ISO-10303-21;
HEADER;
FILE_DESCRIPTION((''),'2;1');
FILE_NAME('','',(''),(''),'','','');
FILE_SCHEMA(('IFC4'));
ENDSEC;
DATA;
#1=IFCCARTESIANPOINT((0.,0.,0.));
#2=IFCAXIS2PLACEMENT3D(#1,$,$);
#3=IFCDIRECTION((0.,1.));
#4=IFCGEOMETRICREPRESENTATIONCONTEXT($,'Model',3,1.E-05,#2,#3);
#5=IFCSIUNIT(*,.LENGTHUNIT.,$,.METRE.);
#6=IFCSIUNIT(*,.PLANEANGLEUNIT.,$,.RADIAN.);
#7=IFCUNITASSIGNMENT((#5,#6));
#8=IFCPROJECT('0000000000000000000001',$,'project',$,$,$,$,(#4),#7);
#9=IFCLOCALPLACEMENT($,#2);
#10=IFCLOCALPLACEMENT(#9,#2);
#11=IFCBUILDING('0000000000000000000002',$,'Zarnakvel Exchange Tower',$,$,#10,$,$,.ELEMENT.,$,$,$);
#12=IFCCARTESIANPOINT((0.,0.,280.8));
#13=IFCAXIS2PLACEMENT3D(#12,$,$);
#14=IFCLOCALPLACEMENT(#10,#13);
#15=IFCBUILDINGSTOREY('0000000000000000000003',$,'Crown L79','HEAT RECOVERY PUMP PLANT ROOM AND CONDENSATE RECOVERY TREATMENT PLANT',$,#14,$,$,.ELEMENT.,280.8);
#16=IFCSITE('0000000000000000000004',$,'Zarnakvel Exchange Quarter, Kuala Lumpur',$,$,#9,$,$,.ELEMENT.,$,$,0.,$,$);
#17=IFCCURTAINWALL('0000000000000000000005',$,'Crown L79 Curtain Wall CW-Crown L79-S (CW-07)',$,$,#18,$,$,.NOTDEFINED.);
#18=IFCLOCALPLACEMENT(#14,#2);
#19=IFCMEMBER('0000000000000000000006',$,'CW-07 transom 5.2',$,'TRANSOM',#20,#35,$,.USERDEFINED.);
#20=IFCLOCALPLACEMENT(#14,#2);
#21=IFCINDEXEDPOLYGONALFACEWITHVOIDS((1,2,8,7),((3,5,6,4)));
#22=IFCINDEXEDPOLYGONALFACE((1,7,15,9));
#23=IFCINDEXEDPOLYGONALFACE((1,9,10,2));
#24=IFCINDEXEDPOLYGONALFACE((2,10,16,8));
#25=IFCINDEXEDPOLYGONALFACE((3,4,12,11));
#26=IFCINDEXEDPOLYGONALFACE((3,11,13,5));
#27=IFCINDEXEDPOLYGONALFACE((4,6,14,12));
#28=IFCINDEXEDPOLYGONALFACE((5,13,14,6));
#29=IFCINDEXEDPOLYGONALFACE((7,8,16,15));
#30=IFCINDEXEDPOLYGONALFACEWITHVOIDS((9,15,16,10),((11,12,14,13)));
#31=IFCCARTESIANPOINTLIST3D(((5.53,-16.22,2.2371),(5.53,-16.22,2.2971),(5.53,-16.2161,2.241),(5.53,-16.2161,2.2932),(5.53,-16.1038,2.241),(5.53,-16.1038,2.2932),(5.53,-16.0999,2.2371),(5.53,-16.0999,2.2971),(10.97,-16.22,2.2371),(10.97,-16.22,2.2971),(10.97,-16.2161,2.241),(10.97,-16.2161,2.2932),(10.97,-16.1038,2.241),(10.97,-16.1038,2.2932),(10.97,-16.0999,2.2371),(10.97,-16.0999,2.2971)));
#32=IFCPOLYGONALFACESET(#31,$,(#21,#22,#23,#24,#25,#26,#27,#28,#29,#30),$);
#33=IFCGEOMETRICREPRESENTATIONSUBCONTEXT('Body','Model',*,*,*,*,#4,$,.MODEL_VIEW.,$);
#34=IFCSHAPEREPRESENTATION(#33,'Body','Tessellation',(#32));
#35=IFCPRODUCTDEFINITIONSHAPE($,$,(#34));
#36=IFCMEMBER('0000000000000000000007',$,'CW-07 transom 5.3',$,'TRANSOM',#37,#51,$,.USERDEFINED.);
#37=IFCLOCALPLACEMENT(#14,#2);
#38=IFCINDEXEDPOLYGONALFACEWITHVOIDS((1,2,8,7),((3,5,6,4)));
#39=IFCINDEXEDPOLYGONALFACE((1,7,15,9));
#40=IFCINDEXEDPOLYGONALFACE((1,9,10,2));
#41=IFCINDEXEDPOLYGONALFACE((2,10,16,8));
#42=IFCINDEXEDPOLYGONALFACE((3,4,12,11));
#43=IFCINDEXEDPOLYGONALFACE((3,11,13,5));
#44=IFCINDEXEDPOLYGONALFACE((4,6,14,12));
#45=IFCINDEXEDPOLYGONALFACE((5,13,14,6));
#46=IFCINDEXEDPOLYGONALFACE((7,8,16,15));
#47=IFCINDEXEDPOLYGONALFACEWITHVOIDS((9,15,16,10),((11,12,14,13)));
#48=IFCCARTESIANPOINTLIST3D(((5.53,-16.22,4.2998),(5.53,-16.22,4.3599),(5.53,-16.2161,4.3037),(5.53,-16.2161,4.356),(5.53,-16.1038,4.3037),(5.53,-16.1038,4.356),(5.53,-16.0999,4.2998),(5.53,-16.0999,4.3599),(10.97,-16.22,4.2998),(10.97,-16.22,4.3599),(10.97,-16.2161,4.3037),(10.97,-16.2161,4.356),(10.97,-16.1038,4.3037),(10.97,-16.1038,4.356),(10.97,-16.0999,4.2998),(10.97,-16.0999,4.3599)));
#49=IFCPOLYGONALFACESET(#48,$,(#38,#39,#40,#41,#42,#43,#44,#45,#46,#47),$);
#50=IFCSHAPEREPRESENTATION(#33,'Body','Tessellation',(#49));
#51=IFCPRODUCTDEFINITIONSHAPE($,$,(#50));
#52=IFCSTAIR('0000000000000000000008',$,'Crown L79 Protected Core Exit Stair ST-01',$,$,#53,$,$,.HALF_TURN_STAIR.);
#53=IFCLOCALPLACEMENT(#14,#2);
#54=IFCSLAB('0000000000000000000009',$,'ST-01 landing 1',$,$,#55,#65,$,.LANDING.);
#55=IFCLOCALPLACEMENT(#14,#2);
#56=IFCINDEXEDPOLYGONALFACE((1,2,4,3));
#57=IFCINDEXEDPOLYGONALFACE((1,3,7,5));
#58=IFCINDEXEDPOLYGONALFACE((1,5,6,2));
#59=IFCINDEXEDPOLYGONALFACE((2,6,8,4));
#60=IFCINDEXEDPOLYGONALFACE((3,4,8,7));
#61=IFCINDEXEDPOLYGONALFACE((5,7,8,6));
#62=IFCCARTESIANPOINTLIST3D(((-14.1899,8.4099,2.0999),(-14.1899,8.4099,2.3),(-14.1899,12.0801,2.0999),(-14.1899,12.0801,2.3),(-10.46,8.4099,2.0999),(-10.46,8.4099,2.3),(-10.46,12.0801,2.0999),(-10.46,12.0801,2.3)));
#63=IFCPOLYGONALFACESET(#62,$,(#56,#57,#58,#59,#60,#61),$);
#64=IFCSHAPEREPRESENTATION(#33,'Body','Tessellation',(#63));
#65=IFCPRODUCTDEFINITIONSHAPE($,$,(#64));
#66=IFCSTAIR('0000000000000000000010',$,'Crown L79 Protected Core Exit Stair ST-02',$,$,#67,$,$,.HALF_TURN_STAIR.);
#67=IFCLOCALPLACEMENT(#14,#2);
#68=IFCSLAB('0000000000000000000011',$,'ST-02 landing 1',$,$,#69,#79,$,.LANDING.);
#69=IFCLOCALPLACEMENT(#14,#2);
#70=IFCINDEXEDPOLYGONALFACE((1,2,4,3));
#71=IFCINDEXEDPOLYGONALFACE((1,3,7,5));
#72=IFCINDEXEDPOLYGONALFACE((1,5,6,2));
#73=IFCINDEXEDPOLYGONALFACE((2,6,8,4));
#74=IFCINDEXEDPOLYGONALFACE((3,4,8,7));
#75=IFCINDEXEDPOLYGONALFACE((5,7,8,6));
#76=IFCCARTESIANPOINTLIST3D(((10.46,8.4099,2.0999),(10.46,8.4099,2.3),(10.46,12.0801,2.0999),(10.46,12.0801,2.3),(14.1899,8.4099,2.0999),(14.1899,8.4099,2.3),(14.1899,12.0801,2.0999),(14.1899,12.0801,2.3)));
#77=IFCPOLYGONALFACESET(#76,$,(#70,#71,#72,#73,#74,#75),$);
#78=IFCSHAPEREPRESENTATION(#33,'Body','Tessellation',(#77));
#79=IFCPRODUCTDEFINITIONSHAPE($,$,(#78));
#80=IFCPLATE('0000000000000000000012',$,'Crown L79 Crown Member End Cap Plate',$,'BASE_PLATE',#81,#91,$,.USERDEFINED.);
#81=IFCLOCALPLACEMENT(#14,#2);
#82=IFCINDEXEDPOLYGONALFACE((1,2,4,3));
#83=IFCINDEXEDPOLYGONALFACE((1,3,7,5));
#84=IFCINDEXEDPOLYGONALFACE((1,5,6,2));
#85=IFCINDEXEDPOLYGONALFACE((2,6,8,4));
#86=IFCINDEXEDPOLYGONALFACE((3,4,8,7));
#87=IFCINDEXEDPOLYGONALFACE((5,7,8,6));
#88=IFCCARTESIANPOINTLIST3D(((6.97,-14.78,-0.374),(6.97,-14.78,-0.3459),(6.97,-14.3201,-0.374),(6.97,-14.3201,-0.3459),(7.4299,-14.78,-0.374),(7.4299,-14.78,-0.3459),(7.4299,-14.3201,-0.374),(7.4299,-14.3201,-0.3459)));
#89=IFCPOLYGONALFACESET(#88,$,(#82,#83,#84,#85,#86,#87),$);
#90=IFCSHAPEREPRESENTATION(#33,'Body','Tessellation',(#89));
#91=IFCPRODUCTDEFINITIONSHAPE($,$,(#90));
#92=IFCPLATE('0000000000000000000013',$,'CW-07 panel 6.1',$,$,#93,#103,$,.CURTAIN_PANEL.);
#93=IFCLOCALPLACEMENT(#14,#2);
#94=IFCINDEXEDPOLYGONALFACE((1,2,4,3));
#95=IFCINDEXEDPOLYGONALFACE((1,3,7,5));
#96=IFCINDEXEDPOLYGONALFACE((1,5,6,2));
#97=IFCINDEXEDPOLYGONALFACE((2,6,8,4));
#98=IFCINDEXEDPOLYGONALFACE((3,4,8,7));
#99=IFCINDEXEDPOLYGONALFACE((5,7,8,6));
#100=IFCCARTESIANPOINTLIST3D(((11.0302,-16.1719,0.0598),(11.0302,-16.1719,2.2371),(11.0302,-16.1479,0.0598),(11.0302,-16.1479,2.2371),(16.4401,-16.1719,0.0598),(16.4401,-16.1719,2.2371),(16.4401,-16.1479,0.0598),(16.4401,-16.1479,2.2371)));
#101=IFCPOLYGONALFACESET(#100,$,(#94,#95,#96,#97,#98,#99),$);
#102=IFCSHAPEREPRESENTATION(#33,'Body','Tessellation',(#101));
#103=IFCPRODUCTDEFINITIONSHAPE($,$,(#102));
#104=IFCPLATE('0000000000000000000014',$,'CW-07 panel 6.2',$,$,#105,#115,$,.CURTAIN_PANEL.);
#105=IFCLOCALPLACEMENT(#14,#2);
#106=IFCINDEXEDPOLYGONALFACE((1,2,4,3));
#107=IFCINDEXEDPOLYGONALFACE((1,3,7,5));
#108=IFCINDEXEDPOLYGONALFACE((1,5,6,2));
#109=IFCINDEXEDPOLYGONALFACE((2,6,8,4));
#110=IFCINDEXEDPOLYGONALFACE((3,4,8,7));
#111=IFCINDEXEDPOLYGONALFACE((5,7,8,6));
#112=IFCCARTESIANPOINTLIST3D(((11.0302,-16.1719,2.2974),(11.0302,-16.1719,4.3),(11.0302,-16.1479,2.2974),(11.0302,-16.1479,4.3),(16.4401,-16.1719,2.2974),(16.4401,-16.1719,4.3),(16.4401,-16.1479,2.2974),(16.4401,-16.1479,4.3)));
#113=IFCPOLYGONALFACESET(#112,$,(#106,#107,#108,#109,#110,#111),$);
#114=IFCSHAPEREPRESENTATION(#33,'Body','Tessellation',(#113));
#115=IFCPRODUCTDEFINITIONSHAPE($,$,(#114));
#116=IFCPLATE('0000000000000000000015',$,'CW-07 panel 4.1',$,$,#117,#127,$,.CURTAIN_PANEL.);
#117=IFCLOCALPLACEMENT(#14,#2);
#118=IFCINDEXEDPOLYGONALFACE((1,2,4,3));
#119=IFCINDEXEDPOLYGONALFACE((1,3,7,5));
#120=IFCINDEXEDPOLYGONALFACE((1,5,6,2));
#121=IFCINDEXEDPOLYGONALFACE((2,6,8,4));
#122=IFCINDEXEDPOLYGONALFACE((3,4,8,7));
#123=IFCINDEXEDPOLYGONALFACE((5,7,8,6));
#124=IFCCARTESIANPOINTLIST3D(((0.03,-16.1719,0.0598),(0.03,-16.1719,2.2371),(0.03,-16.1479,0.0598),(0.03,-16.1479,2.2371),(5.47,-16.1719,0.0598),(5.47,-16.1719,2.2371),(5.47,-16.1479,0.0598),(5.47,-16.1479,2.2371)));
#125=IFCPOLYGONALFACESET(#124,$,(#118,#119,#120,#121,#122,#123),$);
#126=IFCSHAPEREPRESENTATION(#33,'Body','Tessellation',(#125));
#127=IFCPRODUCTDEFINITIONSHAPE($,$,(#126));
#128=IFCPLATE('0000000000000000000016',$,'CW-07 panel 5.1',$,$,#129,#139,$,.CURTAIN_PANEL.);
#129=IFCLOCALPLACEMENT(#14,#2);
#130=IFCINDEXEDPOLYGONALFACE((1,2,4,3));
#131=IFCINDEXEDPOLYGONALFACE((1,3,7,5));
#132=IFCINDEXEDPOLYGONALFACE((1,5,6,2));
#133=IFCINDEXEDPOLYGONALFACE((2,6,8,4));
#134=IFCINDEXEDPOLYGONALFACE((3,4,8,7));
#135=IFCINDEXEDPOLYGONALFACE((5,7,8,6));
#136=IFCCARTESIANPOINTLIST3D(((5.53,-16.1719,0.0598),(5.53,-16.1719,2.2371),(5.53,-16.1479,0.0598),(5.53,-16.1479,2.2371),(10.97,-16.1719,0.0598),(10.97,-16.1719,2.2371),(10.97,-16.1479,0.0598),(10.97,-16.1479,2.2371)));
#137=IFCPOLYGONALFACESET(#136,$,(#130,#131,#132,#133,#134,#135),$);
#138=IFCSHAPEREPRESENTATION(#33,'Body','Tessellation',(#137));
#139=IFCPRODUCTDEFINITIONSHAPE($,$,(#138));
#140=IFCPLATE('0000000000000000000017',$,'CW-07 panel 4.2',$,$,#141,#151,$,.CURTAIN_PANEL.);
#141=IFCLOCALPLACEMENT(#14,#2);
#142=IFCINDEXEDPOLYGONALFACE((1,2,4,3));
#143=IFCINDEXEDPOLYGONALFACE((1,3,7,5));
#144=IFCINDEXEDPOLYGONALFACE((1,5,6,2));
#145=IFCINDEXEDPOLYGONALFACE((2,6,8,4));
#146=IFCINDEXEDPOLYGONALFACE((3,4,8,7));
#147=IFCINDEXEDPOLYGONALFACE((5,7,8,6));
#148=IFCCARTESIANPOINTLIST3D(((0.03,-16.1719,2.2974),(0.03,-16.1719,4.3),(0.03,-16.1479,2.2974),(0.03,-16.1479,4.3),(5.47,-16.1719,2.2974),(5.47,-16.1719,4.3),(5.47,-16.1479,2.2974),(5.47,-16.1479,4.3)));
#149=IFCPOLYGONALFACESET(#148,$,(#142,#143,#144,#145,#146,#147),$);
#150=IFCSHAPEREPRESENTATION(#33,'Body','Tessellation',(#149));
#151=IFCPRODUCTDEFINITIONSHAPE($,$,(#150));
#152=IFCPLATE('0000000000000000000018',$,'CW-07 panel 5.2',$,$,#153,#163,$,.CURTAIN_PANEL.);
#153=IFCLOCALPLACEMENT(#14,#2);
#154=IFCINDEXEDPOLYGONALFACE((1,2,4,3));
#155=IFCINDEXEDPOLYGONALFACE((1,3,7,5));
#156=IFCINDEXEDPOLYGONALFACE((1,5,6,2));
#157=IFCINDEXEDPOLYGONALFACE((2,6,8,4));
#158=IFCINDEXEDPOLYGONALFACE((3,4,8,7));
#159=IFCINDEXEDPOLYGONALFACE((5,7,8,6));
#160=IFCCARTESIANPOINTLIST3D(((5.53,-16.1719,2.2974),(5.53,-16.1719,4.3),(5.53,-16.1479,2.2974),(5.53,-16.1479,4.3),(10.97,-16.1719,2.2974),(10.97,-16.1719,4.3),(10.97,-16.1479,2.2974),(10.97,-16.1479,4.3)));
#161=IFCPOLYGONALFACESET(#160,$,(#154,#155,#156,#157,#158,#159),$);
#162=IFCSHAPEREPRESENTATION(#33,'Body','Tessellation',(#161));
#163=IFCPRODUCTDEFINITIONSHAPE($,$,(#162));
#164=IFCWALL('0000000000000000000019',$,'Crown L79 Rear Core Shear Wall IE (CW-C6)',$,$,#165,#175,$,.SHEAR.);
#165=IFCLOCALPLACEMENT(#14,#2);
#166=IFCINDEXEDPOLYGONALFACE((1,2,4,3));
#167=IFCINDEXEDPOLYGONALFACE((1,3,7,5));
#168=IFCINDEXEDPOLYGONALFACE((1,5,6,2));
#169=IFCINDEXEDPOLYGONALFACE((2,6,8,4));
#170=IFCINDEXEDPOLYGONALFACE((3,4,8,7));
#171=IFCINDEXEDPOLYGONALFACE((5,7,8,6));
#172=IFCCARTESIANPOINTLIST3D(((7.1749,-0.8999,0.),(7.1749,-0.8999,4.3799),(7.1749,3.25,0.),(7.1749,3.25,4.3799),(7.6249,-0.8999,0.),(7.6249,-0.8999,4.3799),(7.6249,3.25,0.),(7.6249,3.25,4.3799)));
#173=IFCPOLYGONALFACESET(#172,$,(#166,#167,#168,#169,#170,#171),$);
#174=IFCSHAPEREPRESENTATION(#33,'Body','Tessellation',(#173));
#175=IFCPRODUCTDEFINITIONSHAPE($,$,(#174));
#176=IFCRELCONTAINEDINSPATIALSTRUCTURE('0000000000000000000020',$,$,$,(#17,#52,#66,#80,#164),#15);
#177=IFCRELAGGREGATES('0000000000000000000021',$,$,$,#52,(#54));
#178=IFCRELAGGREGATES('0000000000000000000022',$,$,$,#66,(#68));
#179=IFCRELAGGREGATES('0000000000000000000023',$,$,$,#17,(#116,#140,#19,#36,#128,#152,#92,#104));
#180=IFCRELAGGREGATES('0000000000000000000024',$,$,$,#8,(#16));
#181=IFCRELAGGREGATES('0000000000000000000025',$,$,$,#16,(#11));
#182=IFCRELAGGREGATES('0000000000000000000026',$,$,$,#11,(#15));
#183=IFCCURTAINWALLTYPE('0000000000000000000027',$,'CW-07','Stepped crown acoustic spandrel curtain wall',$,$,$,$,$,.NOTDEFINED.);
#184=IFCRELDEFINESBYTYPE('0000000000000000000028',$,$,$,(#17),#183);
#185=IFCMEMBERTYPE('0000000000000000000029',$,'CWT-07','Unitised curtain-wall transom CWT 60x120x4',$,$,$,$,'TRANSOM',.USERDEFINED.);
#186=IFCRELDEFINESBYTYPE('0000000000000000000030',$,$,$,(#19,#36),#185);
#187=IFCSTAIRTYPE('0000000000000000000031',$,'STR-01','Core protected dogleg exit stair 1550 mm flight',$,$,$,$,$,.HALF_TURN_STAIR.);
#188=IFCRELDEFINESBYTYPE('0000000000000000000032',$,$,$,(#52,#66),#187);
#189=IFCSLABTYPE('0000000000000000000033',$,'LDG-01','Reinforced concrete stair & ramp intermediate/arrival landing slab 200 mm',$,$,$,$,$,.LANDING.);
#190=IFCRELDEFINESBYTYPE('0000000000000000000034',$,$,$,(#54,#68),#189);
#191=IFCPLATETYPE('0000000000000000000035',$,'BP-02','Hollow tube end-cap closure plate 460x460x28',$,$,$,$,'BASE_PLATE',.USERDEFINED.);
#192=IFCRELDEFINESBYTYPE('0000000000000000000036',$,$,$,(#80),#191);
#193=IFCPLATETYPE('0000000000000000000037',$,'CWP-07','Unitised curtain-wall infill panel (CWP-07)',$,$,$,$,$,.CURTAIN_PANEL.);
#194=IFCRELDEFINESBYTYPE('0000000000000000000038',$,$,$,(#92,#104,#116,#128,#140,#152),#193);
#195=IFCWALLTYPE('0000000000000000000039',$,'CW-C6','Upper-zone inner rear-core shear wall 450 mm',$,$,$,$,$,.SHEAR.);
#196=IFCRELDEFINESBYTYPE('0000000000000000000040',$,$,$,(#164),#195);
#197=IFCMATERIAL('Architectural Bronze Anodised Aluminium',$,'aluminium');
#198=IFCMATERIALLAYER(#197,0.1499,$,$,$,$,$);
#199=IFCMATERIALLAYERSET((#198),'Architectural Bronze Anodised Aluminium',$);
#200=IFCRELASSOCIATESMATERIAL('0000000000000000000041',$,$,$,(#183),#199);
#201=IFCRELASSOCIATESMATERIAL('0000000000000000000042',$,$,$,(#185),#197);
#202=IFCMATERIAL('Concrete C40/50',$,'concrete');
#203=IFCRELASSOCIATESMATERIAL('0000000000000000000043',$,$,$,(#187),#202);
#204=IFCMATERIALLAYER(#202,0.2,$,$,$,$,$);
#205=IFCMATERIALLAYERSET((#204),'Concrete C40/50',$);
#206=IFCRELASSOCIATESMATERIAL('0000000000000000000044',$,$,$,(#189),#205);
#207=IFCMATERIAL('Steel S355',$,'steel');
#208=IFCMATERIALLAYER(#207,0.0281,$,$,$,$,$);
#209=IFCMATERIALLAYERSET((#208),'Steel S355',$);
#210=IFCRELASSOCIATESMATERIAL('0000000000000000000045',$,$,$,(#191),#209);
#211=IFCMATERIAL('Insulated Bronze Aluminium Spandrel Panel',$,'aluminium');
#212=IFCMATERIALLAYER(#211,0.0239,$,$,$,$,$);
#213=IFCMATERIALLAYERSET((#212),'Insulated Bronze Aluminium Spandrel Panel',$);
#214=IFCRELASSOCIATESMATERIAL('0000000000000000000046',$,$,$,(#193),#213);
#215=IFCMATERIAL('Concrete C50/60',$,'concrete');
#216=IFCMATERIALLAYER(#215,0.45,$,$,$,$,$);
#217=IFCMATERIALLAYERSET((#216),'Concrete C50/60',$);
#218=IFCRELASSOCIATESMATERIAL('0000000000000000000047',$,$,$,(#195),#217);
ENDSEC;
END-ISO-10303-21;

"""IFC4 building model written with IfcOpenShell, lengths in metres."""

from ifc_helpers import new_model, si_unit, direction, frame, frame_2d, origin, origin_2d, place, context, subcontext, project, spatial, polyline, rectangle, hollow_rectangle, outline, extrude, source, transform, mapped, material, layer, layer_set, material_profile, profile_set, type_object, element, aggregate, save


model = new_model("IFC4")

# Units and contexts
model_context = context("Model", 3, precision=1e-05, world=origin(), true_north=direction((0.0, 1.0)))
body_context = subcontext(model_context, "Body", "Model", "MODEL_VIEW")
ifc_project = project(units=[si_unit("LENGTHUNIT", "METRE"), si_unit("PLANEANGLEUNIT", "RADIAN")], contexts=[model_context])

# Site, building, storey
site_placement = place(None, origin())
site = spatial("IfcSite", under=ifc_project, at=site_placement, Name="Zarnakvel Exchange Quarter, Kuala Lumpur", CompositionType="ELEMENT", RefElevation=0.0)
building_placement = place(site_placement, origin())
building = spatial("IfcBuilding", under=site, at=building_placement, Name="Zarnakvel Exchange Tower", CompositionType="ELEMENT")
storey_placement = place(building_placement, frame((0.0, 0.0, 280.8)))
storey = spatial("IfcBuildingStorey", under=building, at=storey_placement, Name="Crown L79", Description="HEAT RECOVERY PUMP PLANT ROOM AND CONDENSATE RECOVERY TREATMENT PLANT", CompositionType="ELEMENT", Elevation=280.8)

# Shared definitions
ifc_material_1 = material(Name="Concrete C50/60", Category="concrete")
ifc_material_2 = material(Name="Steel S355", Category="steel")

# Curtain wall, members
ifc_material_3 = material(Name="Architectural Bronze Anodised Aluminium", Category="aluminium")
ifc_layer_1 = layer(ifc_material_3, 0.1499)
ifc_layer_set_1 = layer_set([ifc_layer_1], Name="Architectural Bronze Anodised Aluminium")
curtain_wall_type = type_object("IfcCurtainWallType", Name="CW-07", Description="Stepped crown acoustic spandrel curtain wall", PredefinedType="NOTDEFINED", material=ifc_layer_set_1)
curtain_wall_placement = place(storey_placement, origin())
curtain_wall = element("IfcCurtainWall", 1, at=curtain_wall_placement, inside=storey, type_object=curtain_wall_type, Name="Crown L79 Curtain Wall CW-Crown L79-S (CW-07)", PredefinedType="NOTDEFINED")
ifc_material_profile_1 = material_profile(ifc_material_3, hollow_rectangle(XDim=0.1201, YDim=0.0601, WallThickness=0.0039, at=origin_2d()))
ifc_profile_set_1 = profile_set([ifc_material_profile_1], Name="Architectural Bronze Anodised Aluminium")
member_type_1 = type_object("IfcMemberType", Name="CWT-07", Description="Unitised curtain-wall transom CWT 60x120x4", ElementType="TRANSOM", PredefinedType="USERDEFINED", material=ifc_profile_set_1)
shared_shape_1 = source(origin(), body_context, "Body", "SweptSolid", [
    extrude(hollow_rectangle(XDim=0.1201, YDim=0.0601, WallThickness=0.0039, at=origin_2d()), origin(), (0.0, 0.0, 1.0), 5.4399),
])
member_1_placement = place(storey_placement, frame((5.53, -16.1599, 2.2671), z_axis=(1.0, 0.0, 0.0), x_axis=(0.0, 1.0, 0.0)))
member_1 = element("IfcMember", 2, at=member_1_placement, type_object=member_type_1, Name="CW-07 transom 5.2", ObjectType="TRANSOM", PredefinedType="USERDEFINED", context=body_context, shape_type="MappedRepresentation", body=[
    mapped(shared_shape_1, transform((0.0, 0.0, 0.0), x_axis=(1.0, 0.0, 0.0), y_axis=(0.0, 1.0, 0.0), z_axis=(0.0, 0.0, 1.0), scale=1.0)),
])
member_2_placement = place(storey_placement, frame((5.53, -16.1599, 4.3298), z_axis=(1.0, 0.0, 0.0), x_axis=(0.0, 1.0, 0.0)))
member_2 = element("IfcMember", 3, at=member_2_placement, type_object=member_type_1, Name="CW-07 transom 5.3", ObjectType="TRANSOM", PredefinedType="USERDEFINED", context=body_context, shape_type="MappedRepresentation", body=[
    mapped(shared_shape_1, transform((0.0, 0.0, 0.0), x_axis=(1.0, 0.0, 0.0), y_axis=(0.0, 1.0, 0.0), z_axis=(0.0, 0.0, 1.0), scale=1.0)),
])

# Stairs, slabs
ifc_material_4 = material(Name="Concrete C40/50", Category="concrete")
stair_type = type_object("IfcStairType", Name="STR-01", Description="Core protected dogleg exit stair 1550 mm flight", PredefinedType="HALF_TURN_STAIR", material=ifc_material_4)
stair_1_placement = place(storey_placement, origin())
stair_1 = element("IfcStair", 4, at=stair_1_placement, inside=storey, type_object=stair_type, Name="Crown L79 Protected Core Exit Stair ST-01", PredefinedType="HALF_TURN_STAIR")
ifc_layer_2 = layer(ifc_material_4, 0.2)
ifc_layer_set_2 = layer_set([ifc_layer_2], Name="Concrete C40/50")
slab_type = type_object("IfcSlabType", Name="LDG-01", Description="Reinforced concrete stair & ramp intermediate/arrival landing slab 200 mm", PredefinedType="LANDING", material=ifc_layer_set_2)
slab_1_placement = place(storey_placement, frame((0.0, 0.0, 2.0999)))
slab_1 = element("IfcSlab", 5, at=slab_1_placement, type_object=slab_type, Name="ST-01 landing 1", PredefinedType="LANDING", context=body_context, shape_type="SweptSolid", body=[
    extrude(outline(polyline([(-14.1899, 8.4099), (-10.46, 8.4099), (-10.46, 12.0801), (-14.1899, 12.0801), (-14.1899, 8.4099)])), origin(), (0.0, 0.0, 1.0), 0.2002),
])
aggregate(stair_1, [slab_1])
stair_2_placement = place(storey_placement, origin())
stair_2 = element("IfcStair", 6, at=stair_2_placement, inside=storey, type_object=stair_type, Name="Crown L79 Protected Core Exit Stair ST-02", PredefinedType="HALF_TURN_STAIR")
slab_2_placement = place(storey_placement, frame((0.0, 0.0, 2.0999)))
slab_2 = element("IfcSlab", 7, at=slab_2_placement, type_object=slab_type, Name="ST-02 landing 1", PredefinedType="LANDING", context=body_context, shape_type="SweptSolid", body=[
    extrude(outline(polyline([(10.46, 8.4099), (14.1899, 8.4099), (14.1899, 12.0801), (10.46, 12.0801), (10.46, 8.4099)])), origin(), (0.0, 0.0, 1.0), 0.2002),
])
aggregate(stair_2, [slab_2])

# Plates
ifc_layer_3 = layer(ifc_material_2, 0.0281)
ifc_layer_set_3 = layer_set([ifc_layer_3], Name="Steel S355")
plate_type_1 = type_object("IfcPlateType", Name="BP-02", Description="Hollow tube end-cap closure plate 460x460x28", ElementType="BASE_PLATE", PredefinedType="USERDEFINED", material=ifc_layer_set_3)
shared_shape_2 = source(origin(), body_context, "Body", "SweptSolid", [
    extrude(rectangle(XDim=0.46, YDim=0.46, at=origin_2d()), origin(), (0.0, 0.0, 1.0), 0.0281),
])
plate_1_placement = place(storey_placement, frame((7.2, -14.55, -0.374), z_axis=(0.0, 0.0, 1.0), x_axis=(1.0, 0.0, 0.0)))
element("IfcPlate", 8, at=plate_1_placement, inside=storey, type_object=plate_type_1, Name="Crown L79 Crown Member End Cap Plate", ObjectType="BASE_PLATE", PredefinedType="USERDEFINED", context=body_context, shape_type="MappedRepresentation", body=[
    mapped(shared_shape_2, transform((0.0, 0.0, 0.0), x_axis=(1.0, 0.0, 0.0), y_axis=(0.0, 1.0, 0.0), z_axis=(0.0, 0.0, 1.0), scale=1.0)),
])
ifc_material_5 = material(Name="Insulated Bronze Aluminium Spandrel Panel", Category="aluminium")
ifc_layer_4 = layer(ifc_material_5, 0.0239)
ifc_layer_set_4 = layer_set([ifc_layer_4], Name="Insulated Bronze Aluminium Spandrel Panel")
plate_type_2 = type_object("IfcPlateType", Name="CWP-07", Description="Unitised curtain-wall infill panel (CWP-07)", PredefinedType="CURTAIN_PANEL", material=ifc_layer_set_4)
shared_shape_3 = source(origin(), body_context, "Body", "SweptSolid", [
    extrude(rectangle(XDim=5.4099, YDim=0.0239, at=origin_2d()), origin(), (0.0, 0.0, 1.0), 2.1772),
])
plate_2_placement = place(storey_placement, frame((13.7351, -16.1599, 0.0598), z_axis=(0.0, 0.0, 1.0), x_axis=(1.0, 0.0, 0.0)))
plate_2 = element("IfcPlate", 9, at=plate_2_placement, type_object=plate_type_2, Name="CW-07 panel 6.1", PredefinedType="CURTAIN_PANEL", context=body_context, shape_type="MappedRepresentation", body=[
    mapped(shared_shape_3, transform((0.0, 0.0, 0.0), x_axis=(1.0, 0.0, 0.0), y_axis=(0.0, 1.0, 0.0), z_axis=(0.0, 0.0, 1.0), scale=1.0)),
])
shared_shape_4 = source(origin(), body_context, "Body", "SweptSolid", [
    extrude(rectangle(XDim=5.4099, YDim=0.0239, at=origin_2d()), origin(), (0.0, 0.0, 1.0), 2.0027),
])
plate_3_placement = place(storey_placement, frame((13.7351, -16.1599, 2.2974), z_axis=(0.0, 0.0, 1.0), x_axis=(1.0, 0.0, 0.0)))
plate_3 = element("IfcPlate", 10, at=plate_3_placement, type_object=plate_type_2, Name="CW-07 panel 6.2", PredefinedType="CURTAIN_PANEL", context=body_context, shape_type="MappedRepresentation", body=[
    mapped(shared_shape_4, transform((0.0, 0.0, 0.0), x_axis=(1.0, 0.0, 0.0), y_axis=(0.0, 1.0, 0.0), z_axis=(0.0, 0.0, 1.0), scale=1.0)),
])
shared_shape_5 = source(origin(), body_context, "Body", "SweptSolid", [
    extrude(rectangle(XDim=5.4399, YDim=0.0239, at=origin_2d()), origin(), (0.0, 0.0, 1.0), 2.1772),
])
plate_4_placement = place(storey_placement, frame((2.75, -16.1599, 0.0598), z_axis=(0.0, 0.0, 1.0), x_axis=(1.0, 0.0, 0.0)))
plate_4 = element("IfcPlate", 11, at=plate_4_placement, type_object=plate_type_2, Name="CW-07 panel 4.1", PredefinedType="CURTAIN_PANEL", context=body_context, shape_type="MappedRepresentation", body=[
    mapped(shared_shape_5, transform((0.0, 0.0, 0.0), x_axis=(1.0, 0.0, 0.0), y_axis=(0.0, 1.0, 0.0), z_axis=(0.0, 0.0, 1.0), scale=1.0)),
])
plate_5_placement = place(storey_placement, frame((8.25, -16.1599, 0.0598), z_axis=(0.0, 0.0, 1.0), x_axis=(1.0, 0.0, 0.0)))
plate_5 = element("IfcPlate", 12, at=plate_5_placement, type_object=plate_type_2, Name="CW-07 panel 5.1", PredefinedType="CURTAIN_PANEL", context=body_context, shape_type="MappedRepresentation", body=[
    mapped(shared_shape_5, transform((0.0, 0.0, 0.0), x_axis=(1.0, 0.0, 0.0), y_axis=(0.0, 1.0, 0.0), z_axis=(0.0, 0.0, 1.0), scale=1.0)),
])
shared_shape_6 = source(origin(), body_context, "Body", "SweptSolid", [
    extrude(rectangle(XDim=5.4399, YDim=0.0239, at=origin_2d()), origin(), (0.0, 0.0, 1.0), 2.0027),
])
plate_6_placement = place(storey_placement, frame((2.75, -16.1599, 2.2974), z_axis=(0.0, 0.0, 1.0), x_axis=(1.0, 0.0, 0.0)))
plate_6 = element("IfcPlate", 13, at=plate_6_placement, type_object=plate_type_2, Name="CW-07 panel 4.2", PredefinedType="CURTAIN_PANEL", context=body_context, shape_type="MappedRepresentation", body=[
    mapped(shared_shape_6, transform((0.0, 0.0, 0.0), x_axis=(1.0, 0.0, 0.0), y_axis=(0.0, 1.0, 0.0), z_axis=(0.0, 0.0, 1.0), scale=1.0)),
])
plate_7_placement = place(storey_placement, frame((8.25, -16.1599, 2.2974), z_axis=(0.0, 0.0, 1.0), x_axis=(1.0, 0.0, 0.0)))
plate_7 = element("IfcPlate", 14, at=plate_7_placement, type_object=plate_type_2, Name="CW-07 panel 5.2", PredefinedType="CURTAIN_PANEL", context=body_context, shape_type="MappedRepresentation", body=[
    mapped(shared_shape_6, transform((0.0, 0.0, 0.0), x_axis=(1.0, 0.0, 0.0), y_axis=(0.0, 1.0, 0.0), z_axis=(0.0, 0.0, 1.0), scale=1.0)),
])
aggregate(curtain_wall, [plate_4, plate_6, member_1, member_2, plate_5, plate_7, plate_2, plate_3])

# Wall
ifc_layer_5 = layer(ifc_material_1, 0.45)
ifc_layer_set_5 = layer_set([ifc_layer_5], Name="Concrete C50/60")
wall_type_1 = type_object("IfcWallType", Name="CW-C6", Description="Upper-zone inner rear-core shear wall 450 mm", PredefinedType="SHEAR", material=ifc_layer_set_5)
wall_1_placement = place(storey_placement, frame((7.3999, -0.8999, 0.0), z_axis=(0.0, 0.0, 1.0), x_axis=(0.0, 1.0, 0.0)))
element("IfcWall", 15, at=wall_1_placement, inside=storey, type_object=wall_type_1, Name="Crown L79 Rear Core Shear Wall IE (CW-C6)", PredefinedType="SHEAR", context=body_context, shape_type="SweptSolid", body=[
    extrude(rectangle(XDim=4.1499, YDim=0.45, at=frame_2d((2.075, 0.0))), origin(), (0.0, 0.0, 1.0), 4.3799),
])

save(model, "model.ifc")
